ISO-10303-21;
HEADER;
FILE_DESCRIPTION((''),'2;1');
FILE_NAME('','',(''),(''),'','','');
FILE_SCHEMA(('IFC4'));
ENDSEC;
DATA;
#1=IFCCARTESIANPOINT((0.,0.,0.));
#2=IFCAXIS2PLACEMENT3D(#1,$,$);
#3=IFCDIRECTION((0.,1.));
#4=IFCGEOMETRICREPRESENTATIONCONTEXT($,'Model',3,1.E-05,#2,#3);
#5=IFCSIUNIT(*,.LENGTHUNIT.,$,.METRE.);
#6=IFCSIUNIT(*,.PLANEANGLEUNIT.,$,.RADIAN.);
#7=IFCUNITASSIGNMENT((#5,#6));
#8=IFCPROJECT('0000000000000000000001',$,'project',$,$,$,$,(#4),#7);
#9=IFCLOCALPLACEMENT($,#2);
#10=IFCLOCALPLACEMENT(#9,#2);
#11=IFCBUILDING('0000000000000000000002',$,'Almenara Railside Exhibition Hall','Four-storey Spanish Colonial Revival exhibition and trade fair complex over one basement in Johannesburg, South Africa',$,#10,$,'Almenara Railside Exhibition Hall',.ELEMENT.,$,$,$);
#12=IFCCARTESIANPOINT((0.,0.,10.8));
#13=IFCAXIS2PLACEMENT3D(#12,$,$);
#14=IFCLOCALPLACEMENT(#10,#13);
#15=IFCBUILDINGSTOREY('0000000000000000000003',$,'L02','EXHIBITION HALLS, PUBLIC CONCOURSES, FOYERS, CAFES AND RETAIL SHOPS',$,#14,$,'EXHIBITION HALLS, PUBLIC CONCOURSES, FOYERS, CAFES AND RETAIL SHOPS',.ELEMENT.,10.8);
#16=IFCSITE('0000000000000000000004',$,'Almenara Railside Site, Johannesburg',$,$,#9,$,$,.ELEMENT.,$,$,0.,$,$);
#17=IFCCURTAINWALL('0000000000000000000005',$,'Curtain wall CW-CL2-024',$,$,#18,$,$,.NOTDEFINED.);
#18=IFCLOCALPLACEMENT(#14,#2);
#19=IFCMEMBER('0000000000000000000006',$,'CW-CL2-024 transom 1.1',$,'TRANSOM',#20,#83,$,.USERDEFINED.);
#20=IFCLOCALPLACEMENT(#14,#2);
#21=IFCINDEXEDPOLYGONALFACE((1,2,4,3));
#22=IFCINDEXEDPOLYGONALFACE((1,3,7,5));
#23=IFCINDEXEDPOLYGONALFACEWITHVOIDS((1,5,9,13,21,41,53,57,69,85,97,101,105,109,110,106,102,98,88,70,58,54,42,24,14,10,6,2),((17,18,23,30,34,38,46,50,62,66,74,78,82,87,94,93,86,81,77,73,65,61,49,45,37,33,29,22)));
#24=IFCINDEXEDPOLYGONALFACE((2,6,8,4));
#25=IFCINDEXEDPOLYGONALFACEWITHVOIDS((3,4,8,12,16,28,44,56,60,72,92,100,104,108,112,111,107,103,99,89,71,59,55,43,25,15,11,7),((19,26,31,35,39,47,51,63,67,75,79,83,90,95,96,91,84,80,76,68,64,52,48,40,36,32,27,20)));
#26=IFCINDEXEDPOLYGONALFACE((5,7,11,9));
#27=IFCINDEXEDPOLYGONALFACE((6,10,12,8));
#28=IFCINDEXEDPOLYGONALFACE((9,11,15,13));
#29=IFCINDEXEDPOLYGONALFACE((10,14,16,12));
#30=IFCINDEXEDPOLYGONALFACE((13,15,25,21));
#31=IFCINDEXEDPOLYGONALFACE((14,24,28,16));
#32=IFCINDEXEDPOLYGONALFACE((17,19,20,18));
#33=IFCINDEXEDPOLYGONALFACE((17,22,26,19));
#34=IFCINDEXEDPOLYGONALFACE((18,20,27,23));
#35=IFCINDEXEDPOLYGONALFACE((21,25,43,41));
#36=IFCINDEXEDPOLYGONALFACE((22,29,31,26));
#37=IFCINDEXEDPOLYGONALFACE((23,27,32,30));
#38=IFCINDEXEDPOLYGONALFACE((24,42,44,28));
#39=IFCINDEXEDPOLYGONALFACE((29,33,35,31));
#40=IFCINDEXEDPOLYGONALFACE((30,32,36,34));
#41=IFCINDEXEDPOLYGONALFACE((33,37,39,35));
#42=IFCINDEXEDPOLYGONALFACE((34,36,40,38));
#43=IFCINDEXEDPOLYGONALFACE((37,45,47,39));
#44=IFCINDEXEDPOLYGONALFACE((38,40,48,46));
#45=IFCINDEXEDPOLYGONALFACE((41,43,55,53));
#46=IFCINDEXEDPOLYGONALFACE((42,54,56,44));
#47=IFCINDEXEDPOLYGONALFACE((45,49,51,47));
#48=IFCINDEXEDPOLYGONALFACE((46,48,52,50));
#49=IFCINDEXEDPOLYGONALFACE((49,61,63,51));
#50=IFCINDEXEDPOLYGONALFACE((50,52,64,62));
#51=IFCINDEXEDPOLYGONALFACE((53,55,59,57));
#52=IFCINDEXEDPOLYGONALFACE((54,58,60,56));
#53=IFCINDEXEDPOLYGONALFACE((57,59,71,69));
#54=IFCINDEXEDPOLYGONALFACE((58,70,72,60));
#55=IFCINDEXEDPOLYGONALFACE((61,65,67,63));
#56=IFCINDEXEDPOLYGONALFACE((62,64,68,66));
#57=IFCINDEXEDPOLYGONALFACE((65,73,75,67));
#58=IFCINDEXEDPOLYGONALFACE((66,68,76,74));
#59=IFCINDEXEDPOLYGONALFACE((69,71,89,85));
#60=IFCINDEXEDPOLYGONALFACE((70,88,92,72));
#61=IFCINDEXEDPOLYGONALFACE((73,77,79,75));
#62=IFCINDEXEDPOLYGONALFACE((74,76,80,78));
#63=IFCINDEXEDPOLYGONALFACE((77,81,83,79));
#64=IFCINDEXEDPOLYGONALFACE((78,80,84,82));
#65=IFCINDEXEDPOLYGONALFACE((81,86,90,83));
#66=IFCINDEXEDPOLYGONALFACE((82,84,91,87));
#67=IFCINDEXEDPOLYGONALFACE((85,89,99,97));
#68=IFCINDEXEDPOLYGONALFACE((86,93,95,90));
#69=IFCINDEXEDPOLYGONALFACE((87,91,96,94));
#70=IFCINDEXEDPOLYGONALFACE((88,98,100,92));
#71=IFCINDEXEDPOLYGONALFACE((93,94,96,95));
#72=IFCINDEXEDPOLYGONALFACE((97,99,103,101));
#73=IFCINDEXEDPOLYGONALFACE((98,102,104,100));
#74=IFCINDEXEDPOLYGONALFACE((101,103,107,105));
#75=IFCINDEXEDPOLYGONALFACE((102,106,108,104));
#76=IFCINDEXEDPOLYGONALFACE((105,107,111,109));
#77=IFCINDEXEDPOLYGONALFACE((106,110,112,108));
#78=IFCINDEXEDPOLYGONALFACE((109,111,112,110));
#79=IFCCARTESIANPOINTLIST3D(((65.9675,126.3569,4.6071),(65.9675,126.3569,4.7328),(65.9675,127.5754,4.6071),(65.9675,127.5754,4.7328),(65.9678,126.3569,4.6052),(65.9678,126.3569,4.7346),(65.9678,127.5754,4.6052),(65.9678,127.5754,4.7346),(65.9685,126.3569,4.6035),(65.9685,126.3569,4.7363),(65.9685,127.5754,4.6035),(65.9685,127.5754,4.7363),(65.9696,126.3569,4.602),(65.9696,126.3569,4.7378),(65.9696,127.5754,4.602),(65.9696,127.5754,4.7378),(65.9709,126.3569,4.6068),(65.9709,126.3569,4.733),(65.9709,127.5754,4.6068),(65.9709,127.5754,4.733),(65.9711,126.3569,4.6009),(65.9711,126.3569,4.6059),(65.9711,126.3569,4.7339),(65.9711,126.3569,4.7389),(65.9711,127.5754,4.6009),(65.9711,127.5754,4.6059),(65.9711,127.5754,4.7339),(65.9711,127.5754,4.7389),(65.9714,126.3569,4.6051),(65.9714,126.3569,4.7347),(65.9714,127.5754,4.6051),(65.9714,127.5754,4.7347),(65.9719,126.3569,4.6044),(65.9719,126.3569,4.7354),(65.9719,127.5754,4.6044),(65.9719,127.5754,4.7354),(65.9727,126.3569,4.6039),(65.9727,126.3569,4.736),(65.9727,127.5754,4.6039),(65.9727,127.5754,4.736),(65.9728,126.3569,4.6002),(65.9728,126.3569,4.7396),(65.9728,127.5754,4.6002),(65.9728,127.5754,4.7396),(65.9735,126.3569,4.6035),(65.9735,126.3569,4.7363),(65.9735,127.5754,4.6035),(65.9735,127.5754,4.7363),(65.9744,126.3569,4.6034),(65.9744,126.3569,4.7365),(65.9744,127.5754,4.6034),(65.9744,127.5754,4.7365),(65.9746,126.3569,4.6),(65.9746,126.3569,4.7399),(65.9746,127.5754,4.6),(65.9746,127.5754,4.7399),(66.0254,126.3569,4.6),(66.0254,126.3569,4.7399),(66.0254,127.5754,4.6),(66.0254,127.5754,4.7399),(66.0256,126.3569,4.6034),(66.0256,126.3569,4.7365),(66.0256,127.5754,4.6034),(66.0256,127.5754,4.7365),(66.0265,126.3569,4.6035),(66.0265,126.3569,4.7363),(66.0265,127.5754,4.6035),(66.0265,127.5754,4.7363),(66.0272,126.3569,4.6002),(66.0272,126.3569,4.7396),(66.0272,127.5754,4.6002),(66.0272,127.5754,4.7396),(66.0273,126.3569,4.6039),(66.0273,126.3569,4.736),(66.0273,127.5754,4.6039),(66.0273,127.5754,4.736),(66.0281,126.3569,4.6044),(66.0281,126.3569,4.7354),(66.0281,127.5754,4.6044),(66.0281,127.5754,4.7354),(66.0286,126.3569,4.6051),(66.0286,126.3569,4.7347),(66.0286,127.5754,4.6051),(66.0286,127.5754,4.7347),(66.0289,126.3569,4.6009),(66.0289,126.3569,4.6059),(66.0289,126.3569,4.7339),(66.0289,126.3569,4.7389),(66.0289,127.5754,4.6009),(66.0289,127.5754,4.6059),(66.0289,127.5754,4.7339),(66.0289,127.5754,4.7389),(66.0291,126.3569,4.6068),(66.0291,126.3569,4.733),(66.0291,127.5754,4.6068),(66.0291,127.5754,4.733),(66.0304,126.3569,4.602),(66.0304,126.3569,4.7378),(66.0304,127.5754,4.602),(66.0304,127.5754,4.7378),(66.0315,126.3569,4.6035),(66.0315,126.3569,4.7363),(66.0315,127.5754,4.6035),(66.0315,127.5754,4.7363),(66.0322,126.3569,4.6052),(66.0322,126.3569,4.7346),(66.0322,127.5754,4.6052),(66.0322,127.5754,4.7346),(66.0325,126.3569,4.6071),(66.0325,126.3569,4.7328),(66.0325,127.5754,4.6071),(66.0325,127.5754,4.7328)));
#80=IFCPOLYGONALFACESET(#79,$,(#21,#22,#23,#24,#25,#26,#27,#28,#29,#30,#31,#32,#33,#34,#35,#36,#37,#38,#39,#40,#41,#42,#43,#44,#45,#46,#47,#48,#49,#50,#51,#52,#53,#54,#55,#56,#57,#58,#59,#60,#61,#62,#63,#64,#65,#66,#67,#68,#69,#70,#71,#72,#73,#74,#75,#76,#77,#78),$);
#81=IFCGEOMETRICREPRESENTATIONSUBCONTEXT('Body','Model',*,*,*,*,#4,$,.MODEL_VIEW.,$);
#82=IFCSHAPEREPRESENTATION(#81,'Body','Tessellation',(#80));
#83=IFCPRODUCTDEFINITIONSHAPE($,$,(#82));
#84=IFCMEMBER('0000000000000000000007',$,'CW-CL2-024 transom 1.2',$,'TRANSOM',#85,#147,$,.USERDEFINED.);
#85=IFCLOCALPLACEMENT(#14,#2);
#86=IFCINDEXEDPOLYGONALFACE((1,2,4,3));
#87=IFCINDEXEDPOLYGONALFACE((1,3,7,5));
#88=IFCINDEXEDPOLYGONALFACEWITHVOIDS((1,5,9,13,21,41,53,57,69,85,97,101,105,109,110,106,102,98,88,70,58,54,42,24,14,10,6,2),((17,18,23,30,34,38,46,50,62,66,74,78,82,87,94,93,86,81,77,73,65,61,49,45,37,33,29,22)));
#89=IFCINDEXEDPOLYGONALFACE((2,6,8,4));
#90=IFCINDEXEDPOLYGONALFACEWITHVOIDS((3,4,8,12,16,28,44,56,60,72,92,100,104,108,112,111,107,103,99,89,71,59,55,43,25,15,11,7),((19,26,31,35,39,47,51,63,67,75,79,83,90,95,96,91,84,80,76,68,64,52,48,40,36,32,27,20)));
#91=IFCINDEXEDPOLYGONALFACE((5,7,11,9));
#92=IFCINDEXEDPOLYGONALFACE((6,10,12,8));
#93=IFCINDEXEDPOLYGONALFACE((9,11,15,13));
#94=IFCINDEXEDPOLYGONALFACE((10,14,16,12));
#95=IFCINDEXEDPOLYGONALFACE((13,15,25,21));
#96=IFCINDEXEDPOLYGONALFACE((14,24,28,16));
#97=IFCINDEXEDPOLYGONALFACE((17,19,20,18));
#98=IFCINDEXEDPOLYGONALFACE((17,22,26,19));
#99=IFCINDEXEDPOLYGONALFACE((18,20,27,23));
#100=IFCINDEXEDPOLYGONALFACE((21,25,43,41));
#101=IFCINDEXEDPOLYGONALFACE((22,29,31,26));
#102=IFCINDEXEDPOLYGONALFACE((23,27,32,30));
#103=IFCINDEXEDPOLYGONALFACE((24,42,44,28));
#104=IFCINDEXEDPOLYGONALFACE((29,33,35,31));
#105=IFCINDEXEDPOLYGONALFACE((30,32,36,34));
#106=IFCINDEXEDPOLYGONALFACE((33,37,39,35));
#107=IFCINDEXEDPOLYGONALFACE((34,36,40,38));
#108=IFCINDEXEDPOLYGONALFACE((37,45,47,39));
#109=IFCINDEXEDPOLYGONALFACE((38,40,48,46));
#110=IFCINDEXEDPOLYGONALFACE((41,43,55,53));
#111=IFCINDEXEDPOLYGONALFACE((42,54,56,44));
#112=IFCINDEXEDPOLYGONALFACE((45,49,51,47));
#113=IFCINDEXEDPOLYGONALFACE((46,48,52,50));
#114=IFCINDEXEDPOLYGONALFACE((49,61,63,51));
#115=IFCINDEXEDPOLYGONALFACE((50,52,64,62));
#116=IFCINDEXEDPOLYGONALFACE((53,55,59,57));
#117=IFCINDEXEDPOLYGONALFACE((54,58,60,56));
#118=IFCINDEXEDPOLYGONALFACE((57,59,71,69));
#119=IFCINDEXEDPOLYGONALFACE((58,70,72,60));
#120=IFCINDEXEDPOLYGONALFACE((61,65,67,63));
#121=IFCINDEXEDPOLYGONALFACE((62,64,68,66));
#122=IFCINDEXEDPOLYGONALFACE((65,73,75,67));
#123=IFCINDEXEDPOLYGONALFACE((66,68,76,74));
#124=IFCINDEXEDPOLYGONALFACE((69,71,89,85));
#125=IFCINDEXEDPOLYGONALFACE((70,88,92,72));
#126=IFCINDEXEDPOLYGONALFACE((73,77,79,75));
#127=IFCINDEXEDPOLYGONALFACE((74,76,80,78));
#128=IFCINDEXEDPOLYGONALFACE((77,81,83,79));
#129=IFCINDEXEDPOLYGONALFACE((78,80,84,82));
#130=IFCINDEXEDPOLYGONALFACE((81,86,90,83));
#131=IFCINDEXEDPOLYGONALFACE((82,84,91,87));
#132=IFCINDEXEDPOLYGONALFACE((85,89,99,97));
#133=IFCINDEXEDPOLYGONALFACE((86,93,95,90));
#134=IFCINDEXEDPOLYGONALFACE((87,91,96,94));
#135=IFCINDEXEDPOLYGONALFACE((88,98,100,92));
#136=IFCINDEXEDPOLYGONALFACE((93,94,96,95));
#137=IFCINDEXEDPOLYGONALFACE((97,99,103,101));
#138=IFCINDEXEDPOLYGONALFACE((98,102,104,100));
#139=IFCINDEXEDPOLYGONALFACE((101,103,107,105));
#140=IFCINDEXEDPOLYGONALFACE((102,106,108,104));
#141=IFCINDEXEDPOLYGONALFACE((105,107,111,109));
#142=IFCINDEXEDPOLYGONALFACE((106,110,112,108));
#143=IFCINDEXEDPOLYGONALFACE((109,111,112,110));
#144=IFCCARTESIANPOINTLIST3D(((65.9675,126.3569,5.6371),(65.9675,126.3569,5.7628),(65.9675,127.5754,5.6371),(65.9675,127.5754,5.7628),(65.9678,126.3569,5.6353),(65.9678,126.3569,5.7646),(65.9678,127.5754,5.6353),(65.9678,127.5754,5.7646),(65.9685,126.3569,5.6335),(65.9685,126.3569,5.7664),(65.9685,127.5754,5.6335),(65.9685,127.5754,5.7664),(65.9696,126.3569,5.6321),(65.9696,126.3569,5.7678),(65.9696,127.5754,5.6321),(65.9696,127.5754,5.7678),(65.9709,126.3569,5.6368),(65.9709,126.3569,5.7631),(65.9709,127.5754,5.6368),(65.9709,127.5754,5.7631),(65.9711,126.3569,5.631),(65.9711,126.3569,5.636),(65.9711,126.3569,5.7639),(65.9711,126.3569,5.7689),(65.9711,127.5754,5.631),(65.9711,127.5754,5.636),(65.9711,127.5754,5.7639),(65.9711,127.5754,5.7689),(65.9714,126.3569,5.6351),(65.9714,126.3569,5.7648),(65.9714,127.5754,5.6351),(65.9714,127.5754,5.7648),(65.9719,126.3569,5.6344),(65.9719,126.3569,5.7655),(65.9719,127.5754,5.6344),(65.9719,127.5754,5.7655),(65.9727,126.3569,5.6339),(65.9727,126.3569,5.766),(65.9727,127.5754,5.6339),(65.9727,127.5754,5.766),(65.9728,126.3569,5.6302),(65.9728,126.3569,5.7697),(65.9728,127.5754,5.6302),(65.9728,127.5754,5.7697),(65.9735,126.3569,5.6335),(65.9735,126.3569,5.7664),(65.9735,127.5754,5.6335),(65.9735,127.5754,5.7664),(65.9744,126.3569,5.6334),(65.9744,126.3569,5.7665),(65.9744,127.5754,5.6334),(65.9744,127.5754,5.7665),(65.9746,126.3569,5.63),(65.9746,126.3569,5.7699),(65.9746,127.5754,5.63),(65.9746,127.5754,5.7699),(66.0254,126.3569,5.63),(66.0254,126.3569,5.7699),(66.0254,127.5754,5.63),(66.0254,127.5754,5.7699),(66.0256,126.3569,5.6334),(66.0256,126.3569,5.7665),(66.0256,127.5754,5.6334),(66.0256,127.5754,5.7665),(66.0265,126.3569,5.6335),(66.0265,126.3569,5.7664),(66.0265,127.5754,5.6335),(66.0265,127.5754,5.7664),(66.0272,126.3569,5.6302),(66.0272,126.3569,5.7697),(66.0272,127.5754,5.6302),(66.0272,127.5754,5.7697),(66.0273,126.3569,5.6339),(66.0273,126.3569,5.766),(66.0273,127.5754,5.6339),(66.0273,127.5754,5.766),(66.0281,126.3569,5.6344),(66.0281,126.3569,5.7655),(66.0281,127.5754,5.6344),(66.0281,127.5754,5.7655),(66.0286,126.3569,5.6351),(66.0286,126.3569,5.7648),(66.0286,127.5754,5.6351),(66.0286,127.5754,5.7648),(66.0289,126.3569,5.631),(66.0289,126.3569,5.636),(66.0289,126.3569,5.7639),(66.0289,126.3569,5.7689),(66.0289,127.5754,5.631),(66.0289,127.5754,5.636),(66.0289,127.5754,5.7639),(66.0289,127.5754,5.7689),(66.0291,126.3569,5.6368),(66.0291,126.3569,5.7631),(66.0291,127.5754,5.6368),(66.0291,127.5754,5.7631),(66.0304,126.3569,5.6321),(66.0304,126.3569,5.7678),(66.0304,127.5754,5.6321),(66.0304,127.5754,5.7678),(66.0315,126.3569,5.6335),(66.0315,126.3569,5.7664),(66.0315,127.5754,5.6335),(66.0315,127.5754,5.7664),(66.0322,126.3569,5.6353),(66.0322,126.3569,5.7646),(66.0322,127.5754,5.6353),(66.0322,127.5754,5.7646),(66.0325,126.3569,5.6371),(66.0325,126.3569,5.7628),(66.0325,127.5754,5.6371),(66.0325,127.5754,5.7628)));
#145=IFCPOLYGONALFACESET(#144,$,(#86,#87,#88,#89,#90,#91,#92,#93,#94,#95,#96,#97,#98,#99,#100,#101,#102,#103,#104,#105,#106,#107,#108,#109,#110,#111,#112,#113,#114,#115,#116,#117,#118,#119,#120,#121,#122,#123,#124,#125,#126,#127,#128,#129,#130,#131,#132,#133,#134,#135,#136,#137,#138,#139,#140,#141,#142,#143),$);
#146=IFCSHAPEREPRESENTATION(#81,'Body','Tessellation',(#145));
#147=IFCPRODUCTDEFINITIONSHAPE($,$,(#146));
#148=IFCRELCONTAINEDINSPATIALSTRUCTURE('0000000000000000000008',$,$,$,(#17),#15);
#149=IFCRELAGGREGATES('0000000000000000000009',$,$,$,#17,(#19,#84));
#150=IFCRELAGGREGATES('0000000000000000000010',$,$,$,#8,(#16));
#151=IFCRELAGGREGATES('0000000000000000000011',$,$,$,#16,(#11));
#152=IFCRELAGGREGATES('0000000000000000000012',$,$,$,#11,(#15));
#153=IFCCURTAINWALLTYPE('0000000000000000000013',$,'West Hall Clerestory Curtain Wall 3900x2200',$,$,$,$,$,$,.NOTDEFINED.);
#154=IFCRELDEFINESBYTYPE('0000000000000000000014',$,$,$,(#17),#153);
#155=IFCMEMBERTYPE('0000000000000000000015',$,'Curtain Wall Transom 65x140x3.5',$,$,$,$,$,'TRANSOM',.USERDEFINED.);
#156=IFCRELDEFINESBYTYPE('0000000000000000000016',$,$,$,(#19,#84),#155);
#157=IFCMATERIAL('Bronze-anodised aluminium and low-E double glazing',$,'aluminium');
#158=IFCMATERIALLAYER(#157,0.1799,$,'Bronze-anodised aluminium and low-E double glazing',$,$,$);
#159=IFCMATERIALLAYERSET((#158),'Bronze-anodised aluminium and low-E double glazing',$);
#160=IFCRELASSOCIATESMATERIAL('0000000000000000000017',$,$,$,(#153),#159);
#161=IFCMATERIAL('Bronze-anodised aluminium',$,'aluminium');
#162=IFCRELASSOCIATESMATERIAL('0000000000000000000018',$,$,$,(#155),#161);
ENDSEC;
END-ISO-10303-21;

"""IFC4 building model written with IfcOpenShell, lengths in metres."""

from ifc_helpers import new_model, si_unit, direction, frame, origin, origin_2d, place, context, subcontext, project, spatial, hollow_rectangle, extrude, material, layer, layer_set, material_profile, profile_set, type_object, element, aggregate, save


model = new_model("IFC4")

# Units and contexts
model_context = context("Model", 3, precision=1e-05, world=origin(), true_north=direction((0.0, 1.0)))
body_context = subcontext(model_context, "Body", "Model", "MODEL_VIEW")
ifc_project = project(units=[si_unit("LENGTHUNIT", "METRE"), si_unit("PLANEANGLEUNIT", "RADIAN")], contexts=[model_context])

# Site, building, storey
site_placement = place(None, origin())
site = spatial("IfcSite", under=ifc_project, at=site_placement, Name="Almenara Railside Site, Johannesburg", CompositionType="ELEMENT", RefElevation=0.0)
building_placement = place(site_placement, origin())
building = spatial("IfcBuilding", under=site, at=building_placement, Name="Almenara Railside Exhibition Hall", Description="Four-storey Spanish Colonial Revival exhibition and trade fair complex over one basement in Johannesburg, South Africa", LongName="Almenara Railside Exhibition Hall", CompositionType="ELEMENT")
storey_placement = place(building_placement, frame((0.0, 0.0, 10.8)))
storey = spatial("IfcBuildingStorey", under=building, at=storey_placement, Name="L02", Description="EXHIBITION HALLS, PUBLIC CONCOURSES, FOYERS, CAFES AND RETAIL SHOPS", LongName="EXHIBITION HALLS, PUBLIC CONCOURSES, FOYERS, CAFES AND RETAIL SHOPS", CompositionType="ELEMENT", Elevation=10.8)

# Curtain wall
ifc_material_1 = material(Name="Bronze-anodised aluminium and low-E double glazing", Category="aluminium")
ifc_layer_1 = layer(ifc_material_1, 0.1799, Name="Bronze-anodised aluminium and low-E double glazing")
ifc_layer_set_1 = layer_set([ifc_layer_1], Name="Bronze-anodised aluminium and low-E double glazing")
curtain_wall_type = type_object("IfcCurtainWallType", Name="West Hall Clerestory Curtain Wall 3900x2200", PredefinedType="NOTDEFINED", material=ifc_layer_set_1)
curtain_wall_1_placement = place(storey_placement, origin())
curtain_wall_1 = element("IfcCurtainWall", 1, at=curtain_wall_1_placement, inside=storey, type_object=curtain_wall_type, Name="Curtain wall CW-CL2-024", PredefinedType="NOTDEFINED")
ifc_material_2 = material(Name="Bronze-anodised aluminium", Category="aluminium")

# Members
ifc_material_profile_1 = material_profile(ifc_material_2, hollow_rectangle(XDim=0.0649, YDim=0.1399, WallThickness=0.0034, InnerFilletRadius=0.0034, OuterFilletRadius=0.0071, at=origin_2d()), Name="ALU-TRN 65x140x3.5")
ifc_profile_set_1 = profile_set([ifc_material_profile_1], Name="Bronze-anodised aluminium")
member_type_1 = type_object("IfcMemberType", Name="Curtain Wall Transom 65x140x3.5", ElementType="TRANSOM", PredefinedType="USERDEFINED", material=ifc_profile_set_1)
member_1_placement = place(storey_placement, frame((66.0, 126.3569, 4.6699), z_axis=(0.0, 1.0, 0.0), x_axis=(-1.0, 0.0, 0.0)))
member_1 = element("IfcMember", 2, at=member_1_placement, type_object=member_type_1, Name="CW-CL2-024 transom 1.1", ObjectType="TRANSOM", PredefinedType="USERDEFINED", context=body_context, shape_type="SweptSolid", body=[
    extrude(hollow_rectangle(XDim=0.0649, YDim=0.1399, WallThickness=0.0034, InnerFilletRadius=0.0034, OuterFilletRadius=0.0071, at=origin_2d()), origin(), (0.0, 0.0, 1.0), 1.2185),
])
member_2_placement = place(storey_placement, frame((66.0, 126.3569, 5.7), z_axis=(0.0, 1.0, 0.0), x_axis=(-1.0, 0.0, 0.0)))
member_2 = element("IfcMember", 3, at=member_2_placement, type_object=member_type_1, Name="CW-CL2-024 transom 1.2", ObjectType="TRANSOM", PredefinedType="USERDEFINED", context=body_context, shape_type="SweptSolid", body=[
    extrude(hollow_rectangle(XDim=0.0649, YDim=0.1399, WallThickness=0.0034, InnerFilletRadius=0.0034, OuterFilletRadius=0.0071, at=origin_2d()), origin(), (0.0, 0.0, 1.0), 1.2185),
])

aggregate(curtain_wall_1, [member_1, member_2])

save(model, "model.ifc")
